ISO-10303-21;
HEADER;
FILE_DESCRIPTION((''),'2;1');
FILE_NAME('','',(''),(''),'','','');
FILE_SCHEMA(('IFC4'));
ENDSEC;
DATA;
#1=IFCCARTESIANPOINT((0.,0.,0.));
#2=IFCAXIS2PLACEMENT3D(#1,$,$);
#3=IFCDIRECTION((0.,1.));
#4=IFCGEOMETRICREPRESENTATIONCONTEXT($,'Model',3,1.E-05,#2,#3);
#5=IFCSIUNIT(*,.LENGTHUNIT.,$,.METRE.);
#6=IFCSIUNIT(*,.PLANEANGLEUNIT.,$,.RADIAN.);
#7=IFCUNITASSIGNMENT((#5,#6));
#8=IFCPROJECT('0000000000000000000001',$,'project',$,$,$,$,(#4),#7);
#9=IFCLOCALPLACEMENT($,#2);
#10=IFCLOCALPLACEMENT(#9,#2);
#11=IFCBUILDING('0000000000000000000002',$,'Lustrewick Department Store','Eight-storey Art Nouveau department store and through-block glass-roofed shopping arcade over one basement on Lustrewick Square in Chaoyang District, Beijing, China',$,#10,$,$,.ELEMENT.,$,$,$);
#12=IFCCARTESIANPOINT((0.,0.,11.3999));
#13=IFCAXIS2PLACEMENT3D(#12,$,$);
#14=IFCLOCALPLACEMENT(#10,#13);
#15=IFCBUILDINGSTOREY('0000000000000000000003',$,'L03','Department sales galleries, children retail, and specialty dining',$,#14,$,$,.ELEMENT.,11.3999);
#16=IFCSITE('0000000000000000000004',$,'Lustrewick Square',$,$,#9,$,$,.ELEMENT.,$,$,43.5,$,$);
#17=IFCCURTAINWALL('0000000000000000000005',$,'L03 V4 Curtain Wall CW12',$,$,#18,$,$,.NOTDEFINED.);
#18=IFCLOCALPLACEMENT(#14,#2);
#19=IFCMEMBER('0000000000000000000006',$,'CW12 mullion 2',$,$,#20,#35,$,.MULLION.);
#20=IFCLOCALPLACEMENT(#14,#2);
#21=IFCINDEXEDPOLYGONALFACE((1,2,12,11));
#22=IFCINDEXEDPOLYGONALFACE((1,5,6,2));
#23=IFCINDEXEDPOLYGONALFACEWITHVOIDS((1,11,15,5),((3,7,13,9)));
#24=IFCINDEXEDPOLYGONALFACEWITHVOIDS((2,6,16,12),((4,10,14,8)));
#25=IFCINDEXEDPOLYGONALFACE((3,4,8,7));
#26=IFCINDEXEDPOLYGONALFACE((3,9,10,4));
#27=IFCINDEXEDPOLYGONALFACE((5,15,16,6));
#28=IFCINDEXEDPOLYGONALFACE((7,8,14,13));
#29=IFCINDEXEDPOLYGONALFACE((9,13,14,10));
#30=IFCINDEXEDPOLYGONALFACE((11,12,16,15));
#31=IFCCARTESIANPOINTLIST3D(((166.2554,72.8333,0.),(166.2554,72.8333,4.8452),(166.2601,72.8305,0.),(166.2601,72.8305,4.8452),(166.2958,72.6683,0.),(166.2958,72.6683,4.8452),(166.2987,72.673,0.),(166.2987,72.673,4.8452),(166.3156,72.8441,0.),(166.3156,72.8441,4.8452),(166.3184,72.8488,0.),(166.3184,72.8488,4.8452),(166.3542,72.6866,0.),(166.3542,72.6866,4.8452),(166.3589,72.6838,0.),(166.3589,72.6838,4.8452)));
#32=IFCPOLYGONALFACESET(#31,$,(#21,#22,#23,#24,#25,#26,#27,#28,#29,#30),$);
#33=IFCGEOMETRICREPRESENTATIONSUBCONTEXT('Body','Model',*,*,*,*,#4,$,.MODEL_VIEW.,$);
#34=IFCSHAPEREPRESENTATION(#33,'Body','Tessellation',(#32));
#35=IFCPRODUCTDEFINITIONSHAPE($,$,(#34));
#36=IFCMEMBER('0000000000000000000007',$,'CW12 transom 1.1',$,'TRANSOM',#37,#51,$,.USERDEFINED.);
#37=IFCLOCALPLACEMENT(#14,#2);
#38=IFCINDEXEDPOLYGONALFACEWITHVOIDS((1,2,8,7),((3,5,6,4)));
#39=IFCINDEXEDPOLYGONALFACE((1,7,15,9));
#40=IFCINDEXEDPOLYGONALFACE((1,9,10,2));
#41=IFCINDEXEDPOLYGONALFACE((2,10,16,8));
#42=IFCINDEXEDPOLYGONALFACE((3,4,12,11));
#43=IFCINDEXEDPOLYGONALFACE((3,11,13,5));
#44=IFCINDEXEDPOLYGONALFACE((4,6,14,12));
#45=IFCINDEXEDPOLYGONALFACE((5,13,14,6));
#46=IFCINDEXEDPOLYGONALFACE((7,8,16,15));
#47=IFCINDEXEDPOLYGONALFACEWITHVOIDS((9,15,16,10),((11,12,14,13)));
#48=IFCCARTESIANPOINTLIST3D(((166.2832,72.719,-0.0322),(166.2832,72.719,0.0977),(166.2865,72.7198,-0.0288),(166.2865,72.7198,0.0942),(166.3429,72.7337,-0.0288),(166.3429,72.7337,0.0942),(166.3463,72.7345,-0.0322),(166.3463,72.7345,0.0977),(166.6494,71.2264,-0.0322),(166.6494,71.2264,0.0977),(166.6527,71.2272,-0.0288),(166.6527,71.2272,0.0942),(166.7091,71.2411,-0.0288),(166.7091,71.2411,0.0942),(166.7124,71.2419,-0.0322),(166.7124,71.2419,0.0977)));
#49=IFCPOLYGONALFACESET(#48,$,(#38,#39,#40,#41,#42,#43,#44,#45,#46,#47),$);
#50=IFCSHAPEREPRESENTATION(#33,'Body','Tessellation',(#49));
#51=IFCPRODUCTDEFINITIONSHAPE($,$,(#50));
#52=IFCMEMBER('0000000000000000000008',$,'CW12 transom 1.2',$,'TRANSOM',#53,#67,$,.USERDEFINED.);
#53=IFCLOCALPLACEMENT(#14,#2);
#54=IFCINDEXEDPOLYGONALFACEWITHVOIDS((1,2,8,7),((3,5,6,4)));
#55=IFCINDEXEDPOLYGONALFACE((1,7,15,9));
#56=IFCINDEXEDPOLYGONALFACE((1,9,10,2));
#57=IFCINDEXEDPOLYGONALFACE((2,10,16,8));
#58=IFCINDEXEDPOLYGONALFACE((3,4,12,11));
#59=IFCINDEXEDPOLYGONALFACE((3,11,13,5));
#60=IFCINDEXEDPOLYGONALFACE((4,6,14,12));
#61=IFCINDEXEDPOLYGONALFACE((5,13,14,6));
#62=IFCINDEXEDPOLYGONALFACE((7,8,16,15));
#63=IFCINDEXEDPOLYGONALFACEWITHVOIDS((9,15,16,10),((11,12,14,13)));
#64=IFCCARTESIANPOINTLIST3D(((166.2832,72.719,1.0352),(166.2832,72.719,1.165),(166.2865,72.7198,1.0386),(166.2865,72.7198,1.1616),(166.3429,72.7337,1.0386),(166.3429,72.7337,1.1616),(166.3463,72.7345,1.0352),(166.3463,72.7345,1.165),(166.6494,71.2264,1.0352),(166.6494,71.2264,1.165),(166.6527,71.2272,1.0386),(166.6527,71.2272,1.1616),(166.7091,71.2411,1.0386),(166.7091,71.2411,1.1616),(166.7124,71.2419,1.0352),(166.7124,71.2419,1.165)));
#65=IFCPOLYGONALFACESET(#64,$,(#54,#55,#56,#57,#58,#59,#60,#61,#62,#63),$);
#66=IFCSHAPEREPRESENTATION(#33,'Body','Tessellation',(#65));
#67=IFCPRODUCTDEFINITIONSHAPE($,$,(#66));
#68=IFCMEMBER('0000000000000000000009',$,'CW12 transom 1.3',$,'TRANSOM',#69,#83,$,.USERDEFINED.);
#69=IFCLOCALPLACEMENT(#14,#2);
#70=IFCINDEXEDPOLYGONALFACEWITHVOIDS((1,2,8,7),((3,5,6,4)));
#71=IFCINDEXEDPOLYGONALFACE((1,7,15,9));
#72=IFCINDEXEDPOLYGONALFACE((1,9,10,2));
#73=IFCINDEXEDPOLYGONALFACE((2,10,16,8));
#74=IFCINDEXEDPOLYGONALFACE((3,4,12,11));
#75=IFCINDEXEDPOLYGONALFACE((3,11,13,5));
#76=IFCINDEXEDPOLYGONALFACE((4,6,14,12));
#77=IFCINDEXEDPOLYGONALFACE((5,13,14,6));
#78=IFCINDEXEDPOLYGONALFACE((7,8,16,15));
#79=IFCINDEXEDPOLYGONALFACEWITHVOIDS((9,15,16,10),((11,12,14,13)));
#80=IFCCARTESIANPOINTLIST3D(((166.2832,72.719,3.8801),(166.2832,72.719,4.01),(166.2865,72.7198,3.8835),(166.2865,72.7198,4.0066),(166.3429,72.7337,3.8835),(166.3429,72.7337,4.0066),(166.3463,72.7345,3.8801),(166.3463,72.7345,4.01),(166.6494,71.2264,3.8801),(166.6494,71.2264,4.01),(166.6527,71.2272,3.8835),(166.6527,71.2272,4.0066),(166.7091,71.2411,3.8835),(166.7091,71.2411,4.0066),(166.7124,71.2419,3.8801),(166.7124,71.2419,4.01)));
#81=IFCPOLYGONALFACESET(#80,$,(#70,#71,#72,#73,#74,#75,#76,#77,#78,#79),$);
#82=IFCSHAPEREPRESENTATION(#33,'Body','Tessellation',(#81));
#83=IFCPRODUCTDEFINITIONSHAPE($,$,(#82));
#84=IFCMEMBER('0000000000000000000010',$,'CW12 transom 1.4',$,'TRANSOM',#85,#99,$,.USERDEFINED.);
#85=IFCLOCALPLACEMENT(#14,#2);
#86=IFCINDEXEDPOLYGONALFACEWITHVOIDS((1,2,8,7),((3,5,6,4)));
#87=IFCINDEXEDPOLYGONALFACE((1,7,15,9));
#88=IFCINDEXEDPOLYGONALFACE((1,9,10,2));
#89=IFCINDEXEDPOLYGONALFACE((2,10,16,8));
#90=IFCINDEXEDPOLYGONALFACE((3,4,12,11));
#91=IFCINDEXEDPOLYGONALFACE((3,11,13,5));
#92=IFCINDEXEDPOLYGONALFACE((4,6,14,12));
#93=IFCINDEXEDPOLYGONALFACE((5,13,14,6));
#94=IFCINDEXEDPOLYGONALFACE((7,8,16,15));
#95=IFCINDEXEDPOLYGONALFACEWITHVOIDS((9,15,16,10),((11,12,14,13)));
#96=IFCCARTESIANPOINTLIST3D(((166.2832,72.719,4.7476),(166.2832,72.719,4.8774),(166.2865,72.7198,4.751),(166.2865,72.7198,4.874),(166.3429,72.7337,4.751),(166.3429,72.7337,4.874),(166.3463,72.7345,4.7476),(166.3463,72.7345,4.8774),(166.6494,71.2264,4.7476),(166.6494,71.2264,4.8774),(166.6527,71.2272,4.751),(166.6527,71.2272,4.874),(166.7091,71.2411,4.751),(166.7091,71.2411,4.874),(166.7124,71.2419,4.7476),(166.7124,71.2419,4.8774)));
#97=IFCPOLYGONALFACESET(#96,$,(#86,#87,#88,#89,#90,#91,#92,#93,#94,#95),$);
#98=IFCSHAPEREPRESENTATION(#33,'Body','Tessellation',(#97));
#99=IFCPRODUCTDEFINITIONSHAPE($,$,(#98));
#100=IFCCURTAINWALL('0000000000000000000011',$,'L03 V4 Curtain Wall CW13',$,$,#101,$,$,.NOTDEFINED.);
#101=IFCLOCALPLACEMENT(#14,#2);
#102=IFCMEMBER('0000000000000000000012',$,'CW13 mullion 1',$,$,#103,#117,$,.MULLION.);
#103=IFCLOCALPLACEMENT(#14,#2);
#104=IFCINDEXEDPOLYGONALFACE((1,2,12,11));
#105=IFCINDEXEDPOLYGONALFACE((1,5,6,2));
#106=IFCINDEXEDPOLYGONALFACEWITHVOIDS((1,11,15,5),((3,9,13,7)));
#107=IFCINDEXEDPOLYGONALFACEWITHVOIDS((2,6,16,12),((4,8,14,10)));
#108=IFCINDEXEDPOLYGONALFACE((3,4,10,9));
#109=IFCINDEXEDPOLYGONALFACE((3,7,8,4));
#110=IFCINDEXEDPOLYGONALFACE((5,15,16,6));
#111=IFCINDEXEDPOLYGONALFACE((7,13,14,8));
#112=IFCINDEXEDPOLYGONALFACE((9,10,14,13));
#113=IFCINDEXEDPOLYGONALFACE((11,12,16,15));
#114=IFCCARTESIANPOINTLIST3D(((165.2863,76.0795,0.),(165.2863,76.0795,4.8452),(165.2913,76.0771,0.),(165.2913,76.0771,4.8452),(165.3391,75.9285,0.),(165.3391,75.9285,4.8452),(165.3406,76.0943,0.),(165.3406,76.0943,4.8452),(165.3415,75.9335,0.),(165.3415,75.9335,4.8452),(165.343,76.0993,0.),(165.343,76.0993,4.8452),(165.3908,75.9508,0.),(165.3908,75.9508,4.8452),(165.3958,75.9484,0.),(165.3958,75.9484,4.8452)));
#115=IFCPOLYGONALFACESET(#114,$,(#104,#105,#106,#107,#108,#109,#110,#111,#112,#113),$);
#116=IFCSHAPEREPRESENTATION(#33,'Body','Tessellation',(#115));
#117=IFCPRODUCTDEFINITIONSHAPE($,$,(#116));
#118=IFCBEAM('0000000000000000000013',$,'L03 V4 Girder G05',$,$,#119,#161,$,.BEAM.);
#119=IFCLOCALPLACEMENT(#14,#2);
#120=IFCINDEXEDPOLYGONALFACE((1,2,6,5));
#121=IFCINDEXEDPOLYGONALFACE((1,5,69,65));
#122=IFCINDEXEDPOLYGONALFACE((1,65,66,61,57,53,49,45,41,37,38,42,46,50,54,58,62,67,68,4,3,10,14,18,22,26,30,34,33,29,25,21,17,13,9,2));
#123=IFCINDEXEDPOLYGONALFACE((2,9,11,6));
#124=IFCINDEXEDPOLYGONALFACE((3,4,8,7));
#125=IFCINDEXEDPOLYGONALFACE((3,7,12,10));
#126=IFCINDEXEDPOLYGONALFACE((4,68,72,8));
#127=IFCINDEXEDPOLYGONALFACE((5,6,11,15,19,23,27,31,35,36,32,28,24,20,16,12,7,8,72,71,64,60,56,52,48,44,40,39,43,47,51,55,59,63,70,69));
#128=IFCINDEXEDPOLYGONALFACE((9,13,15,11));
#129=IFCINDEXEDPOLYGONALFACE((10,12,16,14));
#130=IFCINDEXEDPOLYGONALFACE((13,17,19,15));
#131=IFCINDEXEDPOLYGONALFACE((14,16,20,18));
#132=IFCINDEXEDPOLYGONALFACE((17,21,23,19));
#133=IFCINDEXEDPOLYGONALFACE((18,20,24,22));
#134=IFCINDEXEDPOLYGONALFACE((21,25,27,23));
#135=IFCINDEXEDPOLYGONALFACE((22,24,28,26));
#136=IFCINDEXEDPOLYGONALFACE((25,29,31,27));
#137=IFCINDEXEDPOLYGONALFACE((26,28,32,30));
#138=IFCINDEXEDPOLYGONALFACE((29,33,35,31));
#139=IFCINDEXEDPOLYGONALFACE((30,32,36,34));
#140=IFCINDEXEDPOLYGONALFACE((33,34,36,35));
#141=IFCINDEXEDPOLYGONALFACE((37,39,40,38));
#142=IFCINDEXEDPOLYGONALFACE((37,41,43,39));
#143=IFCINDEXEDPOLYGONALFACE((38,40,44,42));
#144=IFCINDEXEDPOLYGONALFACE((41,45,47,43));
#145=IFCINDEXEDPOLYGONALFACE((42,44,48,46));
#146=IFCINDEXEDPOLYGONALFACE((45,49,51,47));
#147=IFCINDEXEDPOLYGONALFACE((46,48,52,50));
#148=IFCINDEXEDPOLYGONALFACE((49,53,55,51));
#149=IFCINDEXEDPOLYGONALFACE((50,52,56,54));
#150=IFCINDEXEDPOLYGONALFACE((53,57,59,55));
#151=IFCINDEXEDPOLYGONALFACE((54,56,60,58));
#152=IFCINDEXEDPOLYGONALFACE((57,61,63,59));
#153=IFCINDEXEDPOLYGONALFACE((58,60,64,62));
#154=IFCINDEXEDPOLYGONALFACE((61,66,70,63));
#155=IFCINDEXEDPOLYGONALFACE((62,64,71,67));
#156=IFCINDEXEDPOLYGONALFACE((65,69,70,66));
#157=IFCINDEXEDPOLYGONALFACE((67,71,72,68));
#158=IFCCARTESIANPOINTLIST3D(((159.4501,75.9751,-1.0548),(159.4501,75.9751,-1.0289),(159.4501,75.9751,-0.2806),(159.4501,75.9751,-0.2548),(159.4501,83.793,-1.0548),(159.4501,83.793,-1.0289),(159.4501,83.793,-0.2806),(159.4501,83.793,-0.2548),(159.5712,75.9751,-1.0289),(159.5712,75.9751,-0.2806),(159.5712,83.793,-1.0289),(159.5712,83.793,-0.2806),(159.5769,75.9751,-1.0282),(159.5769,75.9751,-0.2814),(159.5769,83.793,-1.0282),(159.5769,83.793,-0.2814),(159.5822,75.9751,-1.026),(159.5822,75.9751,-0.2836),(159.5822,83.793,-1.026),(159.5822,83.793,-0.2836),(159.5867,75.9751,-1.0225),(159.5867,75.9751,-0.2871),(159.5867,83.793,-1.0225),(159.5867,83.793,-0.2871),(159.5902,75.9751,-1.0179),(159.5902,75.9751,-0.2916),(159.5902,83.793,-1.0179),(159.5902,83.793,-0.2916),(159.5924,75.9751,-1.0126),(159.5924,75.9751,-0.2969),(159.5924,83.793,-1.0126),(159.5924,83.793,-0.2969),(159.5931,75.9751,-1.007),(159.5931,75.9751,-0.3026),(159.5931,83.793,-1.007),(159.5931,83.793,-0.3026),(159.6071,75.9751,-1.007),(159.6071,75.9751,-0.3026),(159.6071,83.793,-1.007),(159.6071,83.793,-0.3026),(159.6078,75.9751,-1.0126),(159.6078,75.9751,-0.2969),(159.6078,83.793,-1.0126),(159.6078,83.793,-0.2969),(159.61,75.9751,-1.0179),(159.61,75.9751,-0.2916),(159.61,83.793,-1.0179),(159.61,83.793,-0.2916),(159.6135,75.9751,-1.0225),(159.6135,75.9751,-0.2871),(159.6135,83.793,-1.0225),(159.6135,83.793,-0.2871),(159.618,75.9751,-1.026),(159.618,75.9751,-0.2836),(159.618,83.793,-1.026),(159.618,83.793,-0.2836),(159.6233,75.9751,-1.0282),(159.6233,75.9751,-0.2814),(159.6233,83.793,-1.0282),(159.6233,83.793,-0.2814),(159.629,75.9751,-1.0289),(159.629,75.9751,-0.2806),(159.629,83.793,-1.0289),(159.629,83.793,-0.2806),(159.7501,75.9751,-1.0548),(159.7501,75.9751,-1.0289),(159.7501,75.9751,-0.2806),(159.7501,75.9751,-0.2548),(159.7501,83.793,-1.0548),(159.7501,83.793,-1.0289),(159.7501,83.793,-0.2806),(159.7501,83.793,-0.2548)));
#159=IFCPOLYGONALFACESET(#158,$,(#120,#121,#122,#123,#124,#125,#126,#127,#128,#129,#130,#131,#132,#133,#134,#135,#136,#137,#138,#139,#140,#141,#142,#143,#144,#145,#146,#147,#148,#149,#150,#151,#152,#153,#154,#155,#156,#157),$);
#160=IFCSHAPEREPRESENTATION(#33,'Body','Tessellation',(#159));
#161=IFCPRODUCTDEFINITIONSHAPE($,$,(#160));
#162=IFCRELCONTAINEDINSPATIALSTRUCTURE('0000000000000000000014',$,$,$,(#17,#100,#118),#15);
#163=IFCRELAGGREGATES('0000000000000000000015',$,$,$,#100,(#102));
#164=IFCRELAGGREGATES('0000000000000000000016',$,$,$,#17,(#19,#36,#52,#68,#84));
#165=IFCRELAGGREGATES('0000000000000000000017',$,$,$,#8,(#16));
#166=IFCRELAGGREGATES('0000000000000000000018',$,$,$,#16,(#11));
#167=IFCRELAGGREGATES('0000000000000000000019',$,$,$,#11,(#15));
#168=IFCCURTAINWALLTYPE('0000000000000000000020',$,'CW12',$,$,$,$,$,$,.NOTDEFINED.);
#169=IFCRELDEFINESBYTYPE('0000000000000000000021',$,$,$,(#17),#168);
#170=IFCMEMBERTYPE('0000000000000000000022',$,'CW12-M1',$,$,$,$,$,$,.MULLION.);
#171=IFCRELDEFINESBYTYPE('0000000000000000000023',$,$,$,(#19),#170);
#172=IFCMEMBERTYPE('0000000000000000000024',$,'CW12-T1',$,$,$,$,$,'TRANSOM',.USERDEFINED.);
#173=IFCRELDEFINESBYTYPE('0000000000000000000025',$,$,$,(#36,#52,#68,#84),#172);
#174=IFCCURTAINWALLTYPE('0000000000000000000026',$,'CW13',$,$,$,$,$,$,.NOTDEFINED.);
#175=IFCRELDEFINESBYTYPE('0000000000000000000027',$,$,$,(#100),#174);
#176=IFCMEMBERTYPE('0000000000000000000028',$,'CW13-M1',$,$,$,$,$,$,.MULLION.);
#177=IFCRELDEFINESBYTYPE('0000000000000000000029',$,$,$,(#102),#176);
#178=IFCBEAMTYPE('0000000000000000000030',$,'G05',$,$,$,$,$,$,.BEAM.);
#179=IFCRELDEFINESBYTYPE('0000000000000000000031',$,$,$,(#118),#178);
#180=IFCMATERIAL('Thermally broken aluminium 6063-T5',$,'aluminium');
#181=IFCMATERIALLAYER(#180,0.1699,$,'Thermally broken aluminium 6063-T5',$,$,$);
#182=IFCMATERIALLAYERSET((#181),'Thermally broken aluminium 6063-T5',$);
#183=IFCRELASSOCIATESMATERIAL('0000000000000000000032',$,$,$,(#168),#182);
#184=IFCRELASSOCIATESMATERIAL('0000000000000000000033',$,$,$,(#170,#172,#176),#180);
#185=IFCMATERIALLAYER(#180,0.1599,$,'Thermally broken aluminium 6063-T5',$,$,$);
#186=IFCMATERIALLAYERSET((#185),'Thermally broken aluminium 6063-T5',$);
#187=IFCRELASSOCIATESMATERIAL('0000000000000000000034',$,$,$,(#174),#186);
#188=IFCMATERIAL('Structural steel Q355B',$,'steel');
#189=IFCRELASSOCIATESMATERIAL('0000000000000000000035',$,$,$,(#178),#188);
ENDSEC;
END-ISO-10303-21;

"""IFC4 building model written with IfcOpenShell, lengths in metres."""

from ifc_helpers import new_model, si_unit, direction, frame, origin, origin_2d, place, context, subcontext, project, spatial, hollow_rectangle, i_section, extrude, material, layer, layer_set, material_profile, profile_set, type_object, element, aggregate, save


model = new_model("IFC4")

# Units and contexts
model_context = context("Model", 3, precision=1e-05, world=origin(), true_north=direction((0.0, 1.0)))
body_context = subcontext(model_context, "Body", "Model", "MODEL_VIEW")
ifc_project = project(units=[si_unit("LENGTHUNIT", "METRE"), si_unit("PLANEANGLEUNIT", "RADIAN")], contexts=[model_context])

# Site, building, storey
site_placement = place(None, origin())
site = spatial("IfcSite", under=ifc_project, at=site_placement, Name="Lustrewick Square", CompositionType="ELEMENT", RefElevation=43.5)
building_placement = place(site_placement, origin())
building = spatial("IfcBuilding", under=site, at=building_placement, Name="Lustrewick Department Store", Description="Eight-storey Art Nouveau department store and through-block glass-roofed shopping arcade over one basement on Lustrewick Square in Chaoyang District, Beijing, China", CompositionType="ELEMENT")
storey_placement = place(building_placement, frame((0.0, 0.0, 11.3999)))
storey = spatial("IfcBuildingStorey", under=building, at=storey_placement, Name="L03", Description="Department sales galleries, children retail, and specialty dining", CompositionType="ELEMENT", Elevation=11.3999)

# Shared definitions
ifc_material_1 = material(Name="Structural steel Q355B", Category="steel")

# Shared definitions
ifc_material_2 = material(Name="Thermally broken aluminium 6063-T5", Category="aluminium")

# Curtain wall, members
ifc_layer_1 = layer(ifc_material_2, 0.1699, Name="Thermally broken aluminium 6063-T5")
ifc_layer_set_1 = layer_set([ifc_layer_1], Name="Thermally broken aluminium 6063-T5")
curtain_wall_type_1 = type_object("IfcCurtainWallType", Name="CW12", PredefinedType="NOTDEFINED", material=ifc_layer_set_1)
curtain_wall_1_placement = place(storey_placement, origin())
curtain_wall_1 = element("IfcCurtainWall", 1, at=curtain_wall_1_placement, inside=storey, type_object=curtain_wall_type_1, Name="L03 V4 Curtain Wall CW12", PredefinedType="NOTDEFINED")
ifc_material_profile_1 = material_profile(ifc_material_2, hollow_rectangle(XDim=0.0649, YDim=0.1699, WallThickness=0.0039, at=origin_2d()), Name="ALU-M 65x170x4")
ifc_profile_set_1 = profile_set([ifc_material_profile_1], Name="Thermally broken aluminium 6063-T5")
member_type_1 = type_object("IfcMemberType", Name="CW12-M1", PredefinedType="MULLION", material=ifc_profile_set_1)
member_1_placement = place(storey_placement, frame((166.3071, 72.7585, 0.0), z_axis=(0.0, 0.0, 1.0), x_axis=(-0.971223, -0.238171, 0.0)))
member_1 = element("IfcMember", 2, at=member_1_placement, type_object=member_type_1, Name="CW12 mullion 2", PredefinedType="MULLION", context=body_context, shape_type="SweptSolid", body=[
    extrude(hollow_rectangle(XDim=0.0649, YDim=0.1699, WallThickness=0.0039, at=origin_2d()), origin(), (0.0, 0.0, 1.0), 4.8452),
])
ifc_material_profile_2 = material_profile(ifc_material_2, hollow_rectangle(XDim=0.0649, YDim=0.1299, WallThickness=0.0034, at=origin_2d()), Name="ALU-T 65x130x3.5")
ifc_profile_set_2 = profile_set([ifc_material_profile_2], Name="Thermally broken aluminium 6063-T5")
member_type_2 = type_object("IfcMemberType", Name="CW12-T1", ElementType="TRANSOM", PredefinedType="USERDEFINED", material=ifc_profile_set_2)
member_2_placement = place(storey_placement, frame((166.6809, 71.2341, 0.0327), z_axis=(-0.238272, 0.971198, 0.0), x_axis=(-0.971198, -0.238272, 0.0)))
member_2 = element("IfcMember", 3, at=member_2_placement, type_object=member_type_2, Name="CW12 transom 1.1", ObjectType="TRANSOM", PredefinedType="USERDEFINED", context=body_context, shape_type="SweptSolid", body=[
    extrude(hollow_rectangle(XDim=0.0649, YDim=0.1299, WallThickness=0.0034, at=origin_2d()), origin(), (0.0, 0.0, 1.0), 1.5369),
])
member_3_placement = place(storey_placement, frame((166.6809, 71.2341, 1.1001), z_axis=(-0.238272, 0.971198, 0.0), x_axis=(-0.971198, -0.238272, 0.0)))
member_3 = element("IfcMember", 4, at=member_3_placement, type_object=member_type_2, Name="CW12 transom 1.2", ObjectType="TRANSOM", PredefinedType="USERDEFINED", context=body_context, shape_type="SweptSolid", body=[
    extrude(hollow_rectangle(XDim=0.0649, YDim=0.1299, WallThickness=0.0034, at=origin_2d()), origin(), (0.0, 0.0, 1.0), 1.5369),
])
member_4_placement = place(storey_placement, frame((166.6809, 71.2341, 3.9451), z_axis=(-0.238272, 0.971198, 0.0), x_axis=(-0.971198, -0.238272, 0.0)))
member_4 = element("IfcMember", 5, at=member_4_placement, type_object=member_type_2, Name="CW12 transom 1.3", ObjectType="TRANSOM", PredefinedType="USERDEFINED", context=body_context, shape_type="SweptSolid", body=[
    extrude(hollow_rectangle(XDim=0.0649, YDim=0.1299, WallThickness=0.0034, at=origin_2d()), origin(), (0.0, 0.0, 1.0), 1.5369),
])
member_5_placement = place(storey_placement, frame((166.6809, 71.2341, 4.8125), z_axis=(-0.238272, 0.971198, 0.0), x_axis=(-0.971198, -0.238272, 0.0)))
member_5 = element("IfcMember", 6, at=member_5_placement, type_object=member_type_2, Name="CW12 transom 1.4", ObjectType="TRANSOM", PredefinedType="USERDEFINED", context=body_context, shape_type="SweptSolid", body=[
    extrude(hollow_rectangle(XDim=0.0649, YDim=0.1299, WallThickness=0.0034, at=origin_2d()), origin(), (0.0, 0.0, 1.0), 1.5369),
])

# Curtain wall, member
ifc_layer_2 = layer(ifc_material_2, 0.1599, Name="Thermally broken aluminium 6063-T5")
ifc_layer_set_2 = layer_set([ifc_layer_2], Name="Thermally broken aluminium 6063-T5")
curtain_wall_type_2 = type_object("IfcCurtainWallType", Name="CW13", PredefinedType="NOTDEFINED", material=ifc_layer_set_2)
curtain_wall_2_placement = place(storey_placement, origin())
curtain_wall_2 = element("IfcCurtainWall", 7, at=curtain_wall_2_placement, inside=storey, type_object=curtain_wall_type_2, Name="L03 V4 Curtain Wall CW13", PredefinedType="NOTDEFINED")
ifc_material_profile_3 = material_profile(ifc_material_2, hollow_rectangle(XDim=0.0601, YDim=0.1599, WallThickness=0.0039, at=origin_2d()), Name="ALU-M 60x160x4")
ifc_profile_set_3 = profile_set([ifc_material_profile_3], Name="Thermally broken aluminium 6063-T5")
member_type_3 = type_object("IfcMemberType", Name="CW13-M1", PredefinedType="MULLION", material=ifc_profile_set_3)
member_6_placement = place(storey_placement, frame((165.3411, 76.0139, 0.0), z_axis=(0.0, 0.0, 1.0), x_axis=(-0.943894, -0.330249, 0.0)))
member_6 = element("IfcMember", 8, at=member_6_placement, type_object=member_type_3, Name="CW13 mullion 1", PredefinedType="MULLION", context=body_context, shape_type="SweptSolid", body=[
    extrude(hollow_rectangle(XDim=0.0601, YDim=0.1599, WallThickness=0.0039, at=origin_2d()), origin(), (0.0, 0.0, 1.0), 4.8452),
])
aggregate(curtain_wall_2, [member_6])

# Beam
ifc_material_profile_4 = material_profile(ifc_material_1, i_section(OverallWidth=0.3, OverallDepth=0.8, WebThickness=0.0139, FlangeThickness=0.0259, FilletRadius=0.022, at=origin_2d()), Name="HN 800x300x14x26")
ifc_profile_set_4 = profile_set([ifc_material_profile_4], Name="Structural steel Q355B")
beam_type_1 = type_object("IfcBeamType", Name="G05", PredefinedType="BEAM", material=ifc_profile_set_4)
beam_1_placement = place(storey_placement, frame((159.6001, 75.9751, -0.6548), z_axis=(0.0, 1.0, 0.0), x_axis=(-1.0, 0.0, 0.0)))
element("IfcBeam", 9, at=beam_1_placement, inside=storey, type_object=beam_type_1, Name="L03 V4 Girder G05", PredefinedType="BEAM", context=body_context, shape_type="SweptSolid", body=[
    extrude(i_section(OverallWidth=0.3, OverallDepth=0.8, WebThickness=0.0139, FlangeThickness=0.0259, FilletRadius=0.022, at=origin_2d()), origin(), (0.0, 0.0, 1.0), 7.8179),
])

aggregate(curtain_wall_1, [member_1, member_2, member_3, member_4, member_5])

save(model, "model.ifc")
